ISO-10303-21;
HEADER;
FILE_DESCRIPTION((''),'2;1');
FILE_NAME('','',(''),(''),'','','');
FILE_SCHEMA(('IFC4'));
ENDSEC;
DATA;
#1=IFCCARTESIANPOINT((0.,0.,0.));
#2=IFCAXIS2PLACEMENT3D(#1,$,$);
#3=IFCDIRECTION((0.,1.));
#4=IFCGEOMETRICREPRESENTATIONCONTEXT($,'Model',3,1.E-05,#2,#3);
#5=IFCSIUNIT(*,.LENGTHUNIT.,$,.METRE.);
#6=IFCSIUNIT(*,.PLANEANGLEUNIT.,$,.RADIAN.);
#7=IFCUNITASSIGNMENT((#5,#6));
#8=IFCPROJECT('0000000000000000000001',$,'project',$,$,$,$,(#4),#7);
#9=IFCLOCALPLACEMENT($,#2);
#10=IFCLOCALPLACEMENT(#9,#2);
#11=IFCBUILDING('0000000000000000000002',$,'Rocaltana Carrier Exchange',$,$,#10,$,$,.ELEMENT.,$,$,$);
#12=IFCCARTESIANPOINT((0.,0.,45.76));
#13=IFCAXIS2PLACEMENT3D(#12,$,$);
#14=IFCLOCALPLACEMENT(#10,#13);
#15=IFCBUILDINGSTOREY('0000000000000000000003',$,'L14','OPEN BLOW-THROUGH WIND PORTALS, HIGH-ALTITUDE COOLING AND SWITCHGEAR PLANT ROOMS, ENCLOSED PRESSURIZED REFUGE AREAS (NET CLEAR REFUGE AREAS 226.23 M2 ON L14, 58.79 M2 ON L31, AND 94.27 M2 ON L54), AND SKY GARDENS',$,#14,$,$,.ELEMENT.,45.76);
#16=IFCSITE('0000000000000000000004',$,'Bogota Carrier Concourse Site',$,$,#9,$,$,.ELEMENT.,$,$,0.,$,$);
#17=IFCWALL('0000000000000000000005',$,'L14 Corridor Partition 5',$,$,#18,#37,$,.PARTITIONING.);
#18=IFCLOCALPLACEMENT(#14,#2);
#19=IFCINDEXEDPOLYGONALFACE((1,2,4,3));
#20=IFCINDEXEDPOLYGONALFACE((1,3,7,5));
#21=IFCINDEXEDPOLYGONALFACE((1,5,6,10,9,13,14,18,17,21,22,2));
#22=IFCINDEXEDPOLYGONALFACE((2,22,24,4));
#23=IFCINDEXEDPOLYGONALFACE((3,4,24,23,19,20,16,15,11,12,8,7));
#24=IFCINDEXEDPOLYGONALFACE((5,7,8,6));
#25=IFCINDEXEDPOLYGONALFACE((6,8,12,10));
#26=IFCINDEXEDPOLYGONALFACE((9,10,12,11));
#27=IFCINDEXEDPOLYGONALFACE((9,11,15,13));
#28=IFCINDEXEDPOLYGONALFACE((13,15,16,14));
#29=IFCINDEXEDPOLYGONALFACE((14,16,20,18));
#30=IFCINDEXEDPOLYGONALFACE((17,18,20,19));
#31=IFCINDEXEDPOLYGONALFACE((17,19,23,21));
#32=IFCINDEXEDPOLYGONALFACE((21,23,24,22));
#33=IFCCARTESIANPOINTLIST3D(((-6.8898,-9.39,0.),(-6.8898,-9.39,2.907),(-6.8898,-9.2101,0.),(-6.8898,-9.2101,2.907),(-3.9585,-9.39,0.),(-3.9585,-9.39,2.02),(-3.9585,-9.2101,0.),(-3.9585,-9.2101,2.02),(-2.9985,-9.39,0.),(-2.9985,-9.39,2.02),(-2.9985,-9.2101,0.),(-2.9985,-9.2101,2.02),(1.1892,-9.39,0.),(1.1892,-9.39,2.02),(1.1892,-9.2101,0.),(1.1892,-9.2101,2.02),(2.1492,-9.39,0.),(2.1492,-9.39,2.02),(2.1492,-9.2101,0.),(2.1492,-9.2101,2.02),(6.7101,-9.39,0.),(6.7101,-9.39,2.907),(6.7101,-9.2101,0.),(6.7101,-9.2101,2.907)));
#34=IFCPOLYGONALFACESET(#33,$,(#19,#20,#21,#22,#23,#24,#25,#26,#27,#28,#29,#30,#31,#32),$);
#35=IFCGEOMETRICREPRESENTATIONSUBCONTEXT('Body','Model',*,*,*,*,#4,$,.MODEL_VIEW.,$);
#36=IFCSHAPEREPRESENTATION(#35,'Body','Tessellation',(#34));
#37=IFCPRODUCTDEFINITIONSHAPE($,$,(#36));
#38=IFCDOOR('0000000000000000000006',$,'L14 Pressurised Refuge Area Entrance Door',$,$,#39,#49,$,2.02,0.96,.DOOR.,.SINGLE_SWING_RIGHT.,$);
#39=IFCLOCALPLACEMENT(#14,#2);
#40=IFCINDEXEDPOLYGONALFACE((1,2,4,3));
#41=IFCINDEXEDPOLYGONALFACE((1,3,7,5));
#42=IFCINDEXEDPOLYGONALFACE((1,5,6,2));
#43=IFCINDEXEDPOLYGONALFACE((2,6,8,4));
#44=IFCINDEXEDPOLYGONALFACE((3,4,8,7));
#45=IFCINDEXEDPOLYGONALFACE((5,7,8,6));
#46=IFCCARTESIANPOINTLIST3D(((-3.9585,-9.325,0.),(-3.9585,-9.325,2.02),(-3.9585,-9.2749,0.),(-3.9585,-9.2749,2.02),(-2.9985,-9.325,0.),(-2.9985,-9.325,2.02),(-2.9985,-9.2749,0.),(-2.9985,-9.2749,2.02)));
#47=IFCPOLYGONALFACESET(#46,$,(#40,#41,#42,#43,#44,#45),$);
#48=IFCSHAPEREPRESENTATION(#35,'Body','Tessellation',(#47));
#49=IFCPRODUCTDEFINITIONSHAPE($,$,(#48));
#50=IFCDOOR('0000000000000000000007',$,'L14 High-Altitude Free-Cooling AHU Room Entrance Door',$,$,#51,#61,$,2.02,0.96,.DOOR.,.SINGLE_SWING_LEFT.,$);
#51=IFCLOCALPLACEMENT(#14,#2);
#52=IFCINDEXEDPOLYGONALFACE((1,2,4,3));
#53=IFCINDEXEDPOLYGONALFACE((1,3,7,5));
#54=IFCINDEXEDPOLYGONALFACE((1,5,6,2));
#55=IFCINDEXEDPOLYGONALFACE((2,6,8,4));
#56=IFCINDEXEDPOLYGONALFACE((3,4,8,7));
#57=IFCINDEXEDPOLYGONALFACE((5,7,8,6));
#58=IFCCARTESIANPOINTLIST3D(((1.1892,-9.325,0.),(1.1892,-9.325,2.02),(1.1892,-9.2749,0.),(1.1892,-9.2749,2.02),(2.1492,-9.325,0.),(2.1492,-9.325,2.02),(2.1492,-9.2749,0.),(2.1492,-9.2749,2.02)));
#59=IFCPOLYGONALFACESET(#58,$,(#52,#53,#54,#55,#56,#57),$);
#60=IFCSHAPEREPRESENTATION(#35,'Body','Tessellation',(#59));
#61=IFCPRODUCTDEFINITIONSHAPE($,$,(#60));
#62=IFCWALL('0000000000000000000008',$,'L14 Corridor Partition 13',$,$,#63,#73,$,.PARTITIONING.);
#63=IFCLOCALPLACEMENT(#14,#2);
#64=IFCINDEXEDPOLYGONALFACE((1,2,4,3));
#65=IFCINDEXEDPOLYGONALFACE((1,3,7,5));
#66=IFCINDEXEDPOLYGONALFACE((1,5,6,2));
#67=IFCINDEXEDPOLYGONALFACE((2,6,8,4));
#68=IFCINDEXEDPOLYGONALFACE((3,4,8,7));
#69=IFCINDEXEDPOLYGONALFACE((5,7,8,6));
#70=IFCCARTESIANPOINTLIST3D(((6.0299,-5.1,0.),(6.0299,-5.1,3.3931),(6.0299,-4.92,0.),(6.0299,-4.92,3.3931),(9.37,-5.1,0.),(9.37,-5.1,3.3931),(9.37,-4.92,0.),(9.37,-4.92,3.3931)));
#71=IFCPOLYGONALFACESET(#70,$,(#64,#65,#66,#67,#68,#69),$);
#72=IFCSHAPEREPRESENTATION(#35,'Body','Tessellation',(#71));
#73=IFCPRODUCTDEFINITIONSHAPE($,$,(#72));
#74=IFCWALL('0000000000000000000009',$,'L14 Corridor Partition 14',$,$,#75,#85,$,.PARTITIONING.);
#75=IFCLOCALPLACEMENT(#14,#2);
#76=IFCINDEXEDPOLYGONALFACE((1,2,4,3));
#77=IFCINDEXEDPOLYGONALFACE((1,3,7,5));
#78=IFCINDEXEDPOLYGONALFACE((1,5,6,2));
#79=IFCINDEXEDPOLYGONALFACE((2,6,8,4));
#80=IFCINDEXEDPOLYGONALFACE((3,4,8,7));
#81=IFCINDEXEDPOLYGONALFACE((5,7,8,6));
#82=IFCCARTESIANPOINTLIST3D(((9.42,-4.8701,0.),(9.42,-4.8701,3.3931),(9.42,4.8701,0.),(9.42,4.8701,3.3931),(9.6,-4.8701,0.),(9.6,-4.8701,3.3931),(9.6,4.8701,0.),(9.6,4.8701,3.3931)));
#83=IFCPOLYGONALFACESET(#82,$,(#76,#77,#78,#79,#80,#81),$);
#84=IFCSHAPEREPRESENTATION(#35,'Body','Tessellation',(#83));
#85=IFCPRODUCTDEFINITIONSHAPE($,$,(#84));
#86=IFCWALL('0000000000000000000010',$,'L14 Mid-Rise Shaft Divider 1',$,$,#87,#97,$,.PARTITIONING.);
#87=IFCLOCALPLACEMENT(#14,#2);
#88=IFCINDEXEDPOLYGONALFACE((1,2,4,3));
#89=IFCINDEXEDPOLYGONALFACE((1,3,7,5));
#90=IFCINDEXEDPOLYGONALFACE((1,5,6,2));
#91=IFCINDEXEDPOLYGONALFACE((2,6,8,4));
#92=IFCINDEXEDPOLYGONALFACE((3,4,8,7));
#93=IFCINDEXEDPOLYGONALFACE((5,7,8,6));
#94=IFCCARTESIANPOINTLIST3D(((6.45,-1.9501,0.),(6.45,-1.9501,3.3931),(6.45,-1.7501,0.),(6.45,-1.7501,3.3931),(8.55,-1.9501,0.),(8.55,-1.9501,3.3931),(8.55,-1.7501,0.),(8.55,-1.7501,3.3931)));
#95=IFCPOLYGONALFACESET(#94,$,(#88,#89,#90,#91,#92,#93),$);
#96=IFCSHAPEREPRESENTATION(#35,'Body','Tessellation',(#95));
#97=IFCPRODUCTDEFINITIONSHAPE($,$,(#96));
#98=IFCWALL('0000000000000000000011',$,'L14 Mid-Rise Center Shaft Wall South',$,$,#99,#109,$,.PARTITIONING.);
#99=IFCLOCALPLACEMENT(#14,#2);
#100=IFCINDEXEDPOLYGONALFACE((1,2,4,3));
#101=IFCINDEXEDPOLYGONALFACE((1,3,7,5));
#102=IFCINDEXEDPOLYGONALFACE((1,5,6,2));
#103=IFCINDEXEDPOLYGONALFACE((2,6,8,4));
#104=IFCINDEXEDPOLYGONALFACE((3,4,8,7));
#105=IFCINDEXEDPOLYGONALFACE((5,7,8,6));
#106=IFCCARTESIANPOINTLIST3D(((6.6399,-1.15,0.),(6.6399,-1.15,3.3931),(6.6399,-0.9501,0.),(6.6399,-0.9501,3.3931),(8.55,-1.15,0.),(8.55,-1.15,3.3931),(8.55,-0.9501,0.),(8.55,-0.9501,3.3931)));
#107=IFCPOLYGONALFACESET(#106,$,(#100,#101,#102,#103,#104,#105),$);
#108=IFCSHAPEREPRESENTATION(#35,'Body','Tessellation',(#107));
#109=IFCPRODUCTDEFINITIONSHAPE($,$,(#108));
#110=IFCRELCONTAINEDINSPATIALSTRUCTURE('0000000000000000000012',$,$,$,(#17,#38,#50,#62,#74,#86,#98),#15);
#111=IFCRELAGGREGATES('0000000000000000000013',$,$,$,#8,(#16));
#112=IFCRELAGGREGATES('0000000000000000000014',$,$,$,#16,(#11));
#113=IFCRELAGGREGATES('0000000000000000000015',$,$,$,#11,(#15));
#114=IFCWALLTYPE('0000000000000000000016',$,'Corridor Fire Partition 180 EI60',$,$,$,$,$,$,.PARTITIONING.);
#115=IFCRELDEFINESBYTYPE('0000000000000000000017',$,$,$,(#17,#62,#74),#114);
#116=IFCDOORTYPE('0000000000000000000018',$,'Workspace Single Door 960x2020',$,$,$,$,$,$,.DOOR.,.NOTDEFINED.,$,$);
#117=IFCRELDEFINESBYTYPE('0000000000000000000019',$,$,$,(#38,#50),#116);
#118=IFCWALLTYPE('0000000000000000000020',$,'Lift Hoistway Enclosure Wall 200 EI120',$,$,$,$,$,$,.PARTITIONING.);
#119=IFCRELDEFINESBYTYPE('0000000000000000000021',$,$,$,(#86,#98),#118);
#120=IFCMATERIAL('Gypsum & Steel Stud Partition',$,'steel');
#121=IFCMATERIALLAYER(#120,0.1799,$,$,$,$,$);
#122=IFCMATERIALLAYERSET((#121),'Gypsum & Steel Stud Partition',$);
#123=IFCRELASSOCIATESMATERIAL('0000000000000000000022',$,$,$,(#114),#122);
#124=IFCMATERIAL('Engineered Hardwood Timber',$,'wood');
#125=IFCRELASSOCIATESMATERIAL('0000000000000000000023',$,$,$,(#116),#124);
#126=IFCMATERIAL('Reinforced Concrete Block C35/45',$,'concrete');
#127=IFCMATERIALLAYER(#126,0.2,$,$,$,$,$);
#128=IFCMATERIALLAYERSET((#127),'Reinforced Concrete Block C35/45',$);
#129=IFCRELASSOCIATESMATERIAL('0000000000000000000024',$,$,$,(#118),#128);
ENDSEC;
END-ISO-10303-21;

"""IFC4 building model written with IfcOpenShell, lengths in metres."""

from ifc_helpers import new_model, si_unit, direction, frame, frame_2d, origin, place, context, subcontext, project, spatial, rectangle, extrude, material, layer, layer_set, type_object, element, fill, save


model = new_model("IFC4")

# Units and contexts
model_context = context("Model", 3, precision=1e-05, world=origin(), true_north=direction((0.0, 1.0)))
body_context = subcontext(model_context, "Body", "Model", "MODEL_VIEW")
ifc_project = project(units=[si_unit("LENGTHUNIT", "METRE"), si_unit("PLANEANGLEUNIT", "RADIAN")], contexts=[model_context])

# Site, building, storey
site_placement = place(None, origin())
site = spatial("IfcSite", under=ifc_project, at=site_placement, Name="Bogota Carrier Concourse Site", CompositionType="ELEMENT", RefElevation=0.0)
building_placement = place(site_placement, origin())
building = spatial("IfcBuilding", under=site, at=building_placement, Name="Rocaltana Carrier Exchange", CompositionType="ELEMENT")
storey_placement = place(building_placement, frame((0.0, 0.0, 45.76)))
storey = spatial("IfcBuildingStorey", under=building, at=storey_placement, Name="L14", Description="OPEN BLOW-THROUGH WIND PORTALS, HIGH-ALTITUDE COOLING AND SWITCHGEAR PLANT ROOMS, ENCLOSED PRESSURIZED REFUGE AREAS (NET CLEAR REFUGE AREAS 226.23 M2 ON L14, 58.79 M2 ON L31, AND 94.27 M2 ON L54), AND SKY GARDENS", CompositionType="ELEMENT", Elevation=45.76)

# Shared definitions
ifc_material_1 = material(Name="Gypsum & Steel Stud Partition", Category="steel")
ifc_layer_1 = layer(ifc_material_1, 0.1799)
ifc_layer_set_1 = layer_set([ifc_layer_1], Name="Gypsum & Steel Stud Partition")
wall_type_1 = type_object("IfcWallType", Name="Corridor Fire Partition 180 EI60", PredefinedType="PARTITIONING", material=ifc_layer_set_1)

# Wall, openings, doors
wall_1_placement = place(storey_placement, frame((6.71, -9.3, 0.0), z_axis=(0.0, 0.0, 1.0), x_axis=(-1.0, 0.0, 0.0)))
wall_1 = element("IfcWall", 1, at=wall_1_placement, inside=storey, type_object=wall_type_1, Name="L14 Corridor Partition 5", PredefinedType="PARTITIONING", context=body_context, shape_type="SweptSolid", body=[
    extrude(rectangle(XDim=13.5999, YDim=0.1799, at=frame_2d((6.7998, 0.0))), origin(), (0.0, 0.0, 1.0), 2.907),
])
opening_1_placement = place(wall_1_placement, frame((9.7085, 0.0, 0.0)))
opening_1 = element("IfcOpeningElement", 2, at=opening_1_placement, cuts=wall_1, PredefinedType="OPENING", context=body_context, shape_type="SweptSolid", body=[
    extrude(rectangle(XDim=0.96, YDim=2.02, at=frame_2d((0.48, 1.01))), frame((0.0, 0.0999, 0.0), z_axis=(0.0, -1.0, 0.0), x_axis=(1.0, 0.0, 0.0)), (0.0, 0.0, 1.0), 0.2),
])
opening_2_placement = place(wall_1_placement, frame((4.5608, 0.0, 0.0)))
opening_2 = element("IfcOpeningElement", 3, at=opening_2_placement, cuts=wall_1, PredefinedType="OPENING", context=body_context, shape_type="SweptSolid", body=[
    extrude(rectangle(XDim=0.96, YDim=2.02, at=frame_2d((0.48, 1.01))), frame((0.0, 0.0999, 0.0), z_axis=(0.0, -1.0, 0.0), x_axis=(1.0, 0.0, 0.0)), (0.0, 0.0, 1.0), 0.2),
])
ifc_material_2 = material(Name="Engineered Hardwood Timber", Category="wood")
door_type = type_object("IfcDoorType", Name="Workspace Single Door 960x2020", OperationType="NOTDEFINED", PredefinedType="DOOR", material=ifc_material_2)
door_1_placement = place(opening_1_placement, origin())
door_1 = element("IfcDoor", 4, at=door_1_placement, inside=storey, type_object=door_type, Name="L14 Pressurised Refuge Area Entrance Door", OperationType="SINGLE_SWING_RIGHT", OverallHeight=2.02, OverallWidth=0.96, PredefinedType="DOOR", context=body_context, shape_type="SweptSolid", body=[
    extrude(rectangle(XDim=0.96, YDim=2.02, at=frame_2d((0.48, 1.01))), frame((0.0, 0.0249, 0.0), z_axis=(0.0, -1.0, 0.0), x_axis=(1.0, 0.0, 0.0)), (0.0, 0.0, 1.0), 0.05),
])
fill(opening_1, door_1)
door_2_placement = place(opening_2_placement, origin())
door_2 = element("IfcDoor", 5, at=door_2_placement, inside=storey, type_object=door_type, Name="L14 High-Altitude Free-Cooling AHU Room Entrance Door", OperationType="SINGLE_SWING_LEFT", OverallHeight=2.02, OverallWidth=0.96, PredefinedType="DOOR", context=body_context, shape_type="SweptSolid", body=[
    extrude(rectangle(XDim=0.96, YDim=2.02, at=frame_2d((0.48, 1.01))), frame((0.0, 0.0249, 0.0), z_axis=(0.0, -1.0, 0.0), x_axis=(1.0, 0.0, 0.0)), (0.0, 0.0, 1.0), 0.05),
])
fill(opening_2, door_2)

# Walls
wall_2_placement = place(storey_placement, frame((6.03, -5.01, 0.0), z_axis=(0.0, 0.0, 1.0), x_axis=(1.0, 0.0, 0.0)))
element("IfcWall", 6, at=wall_2_placement, inside=storey, type_object=wall_type_1, Name="L14 Corridor Partition 13", PredefinedType="PARTITIONING", context=body_context, shape_type="SweptSolid", body=[
    extrude(rectangle(XDim=3.3401, YDim=0.1799, at=frame_2d((1.6699, 0.0))), origin(), (0.0, 0.0, 1.0), 3.3931),
])
wall_3_placement = place(storey_placement, frame((9.51, -4.8701, 0.0), z_axis=(0.0, 0.0, 1.0), x_axis=(0.0, 1.0, 0.0)))
element("IfcWall", 7, at=wall_3_placement, inside=storey, type_object=wall_type_1, Name="L14 Corridor Partition 14", PredefinedType="PARTITIONING", context=body_context, shape_type="SweptSolid", body=[
    extrude(rectangle(XDim=9.7402, YDim=0.1799, at=frame_2d((4.8701, 0.0))), origin(), (0.0, 0.0, 1.0), 3.3931),
])
ifc_material_3 = material(Name="Reinforced Concrete Block C35/45", Category="concrete")
ifc_layer_2 = layer(ifc_material_3, 0.2)
ifc_layer_set_2 = layer_set([ifc_layer_2], Name="Reinforced Concrete Block C35/45")
wall_type_2 = type_object("IfcWallType", Name="Lift Hoistway Enclosure Wall 200 EI120", PredefinedType="PARTITIONING", material=ifc_layer_set_2)
wall_4_placement = place(storey_placement, frame((6.45, -1.8501, 0.0), z_axis=(0.0, 0.0, 1.0), x_axis=(1.0, 0.0, 0.0)))
element("IfcWall", 8, at=wall_4_placement, inside=storey, type_object=wall_type_2, Name="L14 Mid-Rise Shaft Divider 1", PredefinedType="PARTITIONING", context=body_context, shape_type="SweptSolid", body=[
    extrude(rectangle(XDim=2.1001, YDim=0.2, at=frame_2d((1.05, 0.0))), origin(), (0.0, 0.0, 1.0), 3.3931),
])
wall_5_placement = place(storey_placement, frame((6.6399, -1.05, 0.0), z_axis=(0.0, 0.0, 1.0), x_axis=(1.0, 0.0, 0.0)))
element("IfcWall", 9, at=wall_5_placement, inside=storey, type_object=wall_type_2, Name="L14 Mid-Rise Center Shaft Wall South", PredefinedType="PARTITIONING", context=body_context, shape_type="SweptSolid", body=[
    extrude(rectangle(XDim=1.9102, YDim=0.2, at=frame_2d((0.9551, 0.0))), origin(), (0.0, 0.0, 1.0), 3.3931),
])

save(model, "model.ifc")
